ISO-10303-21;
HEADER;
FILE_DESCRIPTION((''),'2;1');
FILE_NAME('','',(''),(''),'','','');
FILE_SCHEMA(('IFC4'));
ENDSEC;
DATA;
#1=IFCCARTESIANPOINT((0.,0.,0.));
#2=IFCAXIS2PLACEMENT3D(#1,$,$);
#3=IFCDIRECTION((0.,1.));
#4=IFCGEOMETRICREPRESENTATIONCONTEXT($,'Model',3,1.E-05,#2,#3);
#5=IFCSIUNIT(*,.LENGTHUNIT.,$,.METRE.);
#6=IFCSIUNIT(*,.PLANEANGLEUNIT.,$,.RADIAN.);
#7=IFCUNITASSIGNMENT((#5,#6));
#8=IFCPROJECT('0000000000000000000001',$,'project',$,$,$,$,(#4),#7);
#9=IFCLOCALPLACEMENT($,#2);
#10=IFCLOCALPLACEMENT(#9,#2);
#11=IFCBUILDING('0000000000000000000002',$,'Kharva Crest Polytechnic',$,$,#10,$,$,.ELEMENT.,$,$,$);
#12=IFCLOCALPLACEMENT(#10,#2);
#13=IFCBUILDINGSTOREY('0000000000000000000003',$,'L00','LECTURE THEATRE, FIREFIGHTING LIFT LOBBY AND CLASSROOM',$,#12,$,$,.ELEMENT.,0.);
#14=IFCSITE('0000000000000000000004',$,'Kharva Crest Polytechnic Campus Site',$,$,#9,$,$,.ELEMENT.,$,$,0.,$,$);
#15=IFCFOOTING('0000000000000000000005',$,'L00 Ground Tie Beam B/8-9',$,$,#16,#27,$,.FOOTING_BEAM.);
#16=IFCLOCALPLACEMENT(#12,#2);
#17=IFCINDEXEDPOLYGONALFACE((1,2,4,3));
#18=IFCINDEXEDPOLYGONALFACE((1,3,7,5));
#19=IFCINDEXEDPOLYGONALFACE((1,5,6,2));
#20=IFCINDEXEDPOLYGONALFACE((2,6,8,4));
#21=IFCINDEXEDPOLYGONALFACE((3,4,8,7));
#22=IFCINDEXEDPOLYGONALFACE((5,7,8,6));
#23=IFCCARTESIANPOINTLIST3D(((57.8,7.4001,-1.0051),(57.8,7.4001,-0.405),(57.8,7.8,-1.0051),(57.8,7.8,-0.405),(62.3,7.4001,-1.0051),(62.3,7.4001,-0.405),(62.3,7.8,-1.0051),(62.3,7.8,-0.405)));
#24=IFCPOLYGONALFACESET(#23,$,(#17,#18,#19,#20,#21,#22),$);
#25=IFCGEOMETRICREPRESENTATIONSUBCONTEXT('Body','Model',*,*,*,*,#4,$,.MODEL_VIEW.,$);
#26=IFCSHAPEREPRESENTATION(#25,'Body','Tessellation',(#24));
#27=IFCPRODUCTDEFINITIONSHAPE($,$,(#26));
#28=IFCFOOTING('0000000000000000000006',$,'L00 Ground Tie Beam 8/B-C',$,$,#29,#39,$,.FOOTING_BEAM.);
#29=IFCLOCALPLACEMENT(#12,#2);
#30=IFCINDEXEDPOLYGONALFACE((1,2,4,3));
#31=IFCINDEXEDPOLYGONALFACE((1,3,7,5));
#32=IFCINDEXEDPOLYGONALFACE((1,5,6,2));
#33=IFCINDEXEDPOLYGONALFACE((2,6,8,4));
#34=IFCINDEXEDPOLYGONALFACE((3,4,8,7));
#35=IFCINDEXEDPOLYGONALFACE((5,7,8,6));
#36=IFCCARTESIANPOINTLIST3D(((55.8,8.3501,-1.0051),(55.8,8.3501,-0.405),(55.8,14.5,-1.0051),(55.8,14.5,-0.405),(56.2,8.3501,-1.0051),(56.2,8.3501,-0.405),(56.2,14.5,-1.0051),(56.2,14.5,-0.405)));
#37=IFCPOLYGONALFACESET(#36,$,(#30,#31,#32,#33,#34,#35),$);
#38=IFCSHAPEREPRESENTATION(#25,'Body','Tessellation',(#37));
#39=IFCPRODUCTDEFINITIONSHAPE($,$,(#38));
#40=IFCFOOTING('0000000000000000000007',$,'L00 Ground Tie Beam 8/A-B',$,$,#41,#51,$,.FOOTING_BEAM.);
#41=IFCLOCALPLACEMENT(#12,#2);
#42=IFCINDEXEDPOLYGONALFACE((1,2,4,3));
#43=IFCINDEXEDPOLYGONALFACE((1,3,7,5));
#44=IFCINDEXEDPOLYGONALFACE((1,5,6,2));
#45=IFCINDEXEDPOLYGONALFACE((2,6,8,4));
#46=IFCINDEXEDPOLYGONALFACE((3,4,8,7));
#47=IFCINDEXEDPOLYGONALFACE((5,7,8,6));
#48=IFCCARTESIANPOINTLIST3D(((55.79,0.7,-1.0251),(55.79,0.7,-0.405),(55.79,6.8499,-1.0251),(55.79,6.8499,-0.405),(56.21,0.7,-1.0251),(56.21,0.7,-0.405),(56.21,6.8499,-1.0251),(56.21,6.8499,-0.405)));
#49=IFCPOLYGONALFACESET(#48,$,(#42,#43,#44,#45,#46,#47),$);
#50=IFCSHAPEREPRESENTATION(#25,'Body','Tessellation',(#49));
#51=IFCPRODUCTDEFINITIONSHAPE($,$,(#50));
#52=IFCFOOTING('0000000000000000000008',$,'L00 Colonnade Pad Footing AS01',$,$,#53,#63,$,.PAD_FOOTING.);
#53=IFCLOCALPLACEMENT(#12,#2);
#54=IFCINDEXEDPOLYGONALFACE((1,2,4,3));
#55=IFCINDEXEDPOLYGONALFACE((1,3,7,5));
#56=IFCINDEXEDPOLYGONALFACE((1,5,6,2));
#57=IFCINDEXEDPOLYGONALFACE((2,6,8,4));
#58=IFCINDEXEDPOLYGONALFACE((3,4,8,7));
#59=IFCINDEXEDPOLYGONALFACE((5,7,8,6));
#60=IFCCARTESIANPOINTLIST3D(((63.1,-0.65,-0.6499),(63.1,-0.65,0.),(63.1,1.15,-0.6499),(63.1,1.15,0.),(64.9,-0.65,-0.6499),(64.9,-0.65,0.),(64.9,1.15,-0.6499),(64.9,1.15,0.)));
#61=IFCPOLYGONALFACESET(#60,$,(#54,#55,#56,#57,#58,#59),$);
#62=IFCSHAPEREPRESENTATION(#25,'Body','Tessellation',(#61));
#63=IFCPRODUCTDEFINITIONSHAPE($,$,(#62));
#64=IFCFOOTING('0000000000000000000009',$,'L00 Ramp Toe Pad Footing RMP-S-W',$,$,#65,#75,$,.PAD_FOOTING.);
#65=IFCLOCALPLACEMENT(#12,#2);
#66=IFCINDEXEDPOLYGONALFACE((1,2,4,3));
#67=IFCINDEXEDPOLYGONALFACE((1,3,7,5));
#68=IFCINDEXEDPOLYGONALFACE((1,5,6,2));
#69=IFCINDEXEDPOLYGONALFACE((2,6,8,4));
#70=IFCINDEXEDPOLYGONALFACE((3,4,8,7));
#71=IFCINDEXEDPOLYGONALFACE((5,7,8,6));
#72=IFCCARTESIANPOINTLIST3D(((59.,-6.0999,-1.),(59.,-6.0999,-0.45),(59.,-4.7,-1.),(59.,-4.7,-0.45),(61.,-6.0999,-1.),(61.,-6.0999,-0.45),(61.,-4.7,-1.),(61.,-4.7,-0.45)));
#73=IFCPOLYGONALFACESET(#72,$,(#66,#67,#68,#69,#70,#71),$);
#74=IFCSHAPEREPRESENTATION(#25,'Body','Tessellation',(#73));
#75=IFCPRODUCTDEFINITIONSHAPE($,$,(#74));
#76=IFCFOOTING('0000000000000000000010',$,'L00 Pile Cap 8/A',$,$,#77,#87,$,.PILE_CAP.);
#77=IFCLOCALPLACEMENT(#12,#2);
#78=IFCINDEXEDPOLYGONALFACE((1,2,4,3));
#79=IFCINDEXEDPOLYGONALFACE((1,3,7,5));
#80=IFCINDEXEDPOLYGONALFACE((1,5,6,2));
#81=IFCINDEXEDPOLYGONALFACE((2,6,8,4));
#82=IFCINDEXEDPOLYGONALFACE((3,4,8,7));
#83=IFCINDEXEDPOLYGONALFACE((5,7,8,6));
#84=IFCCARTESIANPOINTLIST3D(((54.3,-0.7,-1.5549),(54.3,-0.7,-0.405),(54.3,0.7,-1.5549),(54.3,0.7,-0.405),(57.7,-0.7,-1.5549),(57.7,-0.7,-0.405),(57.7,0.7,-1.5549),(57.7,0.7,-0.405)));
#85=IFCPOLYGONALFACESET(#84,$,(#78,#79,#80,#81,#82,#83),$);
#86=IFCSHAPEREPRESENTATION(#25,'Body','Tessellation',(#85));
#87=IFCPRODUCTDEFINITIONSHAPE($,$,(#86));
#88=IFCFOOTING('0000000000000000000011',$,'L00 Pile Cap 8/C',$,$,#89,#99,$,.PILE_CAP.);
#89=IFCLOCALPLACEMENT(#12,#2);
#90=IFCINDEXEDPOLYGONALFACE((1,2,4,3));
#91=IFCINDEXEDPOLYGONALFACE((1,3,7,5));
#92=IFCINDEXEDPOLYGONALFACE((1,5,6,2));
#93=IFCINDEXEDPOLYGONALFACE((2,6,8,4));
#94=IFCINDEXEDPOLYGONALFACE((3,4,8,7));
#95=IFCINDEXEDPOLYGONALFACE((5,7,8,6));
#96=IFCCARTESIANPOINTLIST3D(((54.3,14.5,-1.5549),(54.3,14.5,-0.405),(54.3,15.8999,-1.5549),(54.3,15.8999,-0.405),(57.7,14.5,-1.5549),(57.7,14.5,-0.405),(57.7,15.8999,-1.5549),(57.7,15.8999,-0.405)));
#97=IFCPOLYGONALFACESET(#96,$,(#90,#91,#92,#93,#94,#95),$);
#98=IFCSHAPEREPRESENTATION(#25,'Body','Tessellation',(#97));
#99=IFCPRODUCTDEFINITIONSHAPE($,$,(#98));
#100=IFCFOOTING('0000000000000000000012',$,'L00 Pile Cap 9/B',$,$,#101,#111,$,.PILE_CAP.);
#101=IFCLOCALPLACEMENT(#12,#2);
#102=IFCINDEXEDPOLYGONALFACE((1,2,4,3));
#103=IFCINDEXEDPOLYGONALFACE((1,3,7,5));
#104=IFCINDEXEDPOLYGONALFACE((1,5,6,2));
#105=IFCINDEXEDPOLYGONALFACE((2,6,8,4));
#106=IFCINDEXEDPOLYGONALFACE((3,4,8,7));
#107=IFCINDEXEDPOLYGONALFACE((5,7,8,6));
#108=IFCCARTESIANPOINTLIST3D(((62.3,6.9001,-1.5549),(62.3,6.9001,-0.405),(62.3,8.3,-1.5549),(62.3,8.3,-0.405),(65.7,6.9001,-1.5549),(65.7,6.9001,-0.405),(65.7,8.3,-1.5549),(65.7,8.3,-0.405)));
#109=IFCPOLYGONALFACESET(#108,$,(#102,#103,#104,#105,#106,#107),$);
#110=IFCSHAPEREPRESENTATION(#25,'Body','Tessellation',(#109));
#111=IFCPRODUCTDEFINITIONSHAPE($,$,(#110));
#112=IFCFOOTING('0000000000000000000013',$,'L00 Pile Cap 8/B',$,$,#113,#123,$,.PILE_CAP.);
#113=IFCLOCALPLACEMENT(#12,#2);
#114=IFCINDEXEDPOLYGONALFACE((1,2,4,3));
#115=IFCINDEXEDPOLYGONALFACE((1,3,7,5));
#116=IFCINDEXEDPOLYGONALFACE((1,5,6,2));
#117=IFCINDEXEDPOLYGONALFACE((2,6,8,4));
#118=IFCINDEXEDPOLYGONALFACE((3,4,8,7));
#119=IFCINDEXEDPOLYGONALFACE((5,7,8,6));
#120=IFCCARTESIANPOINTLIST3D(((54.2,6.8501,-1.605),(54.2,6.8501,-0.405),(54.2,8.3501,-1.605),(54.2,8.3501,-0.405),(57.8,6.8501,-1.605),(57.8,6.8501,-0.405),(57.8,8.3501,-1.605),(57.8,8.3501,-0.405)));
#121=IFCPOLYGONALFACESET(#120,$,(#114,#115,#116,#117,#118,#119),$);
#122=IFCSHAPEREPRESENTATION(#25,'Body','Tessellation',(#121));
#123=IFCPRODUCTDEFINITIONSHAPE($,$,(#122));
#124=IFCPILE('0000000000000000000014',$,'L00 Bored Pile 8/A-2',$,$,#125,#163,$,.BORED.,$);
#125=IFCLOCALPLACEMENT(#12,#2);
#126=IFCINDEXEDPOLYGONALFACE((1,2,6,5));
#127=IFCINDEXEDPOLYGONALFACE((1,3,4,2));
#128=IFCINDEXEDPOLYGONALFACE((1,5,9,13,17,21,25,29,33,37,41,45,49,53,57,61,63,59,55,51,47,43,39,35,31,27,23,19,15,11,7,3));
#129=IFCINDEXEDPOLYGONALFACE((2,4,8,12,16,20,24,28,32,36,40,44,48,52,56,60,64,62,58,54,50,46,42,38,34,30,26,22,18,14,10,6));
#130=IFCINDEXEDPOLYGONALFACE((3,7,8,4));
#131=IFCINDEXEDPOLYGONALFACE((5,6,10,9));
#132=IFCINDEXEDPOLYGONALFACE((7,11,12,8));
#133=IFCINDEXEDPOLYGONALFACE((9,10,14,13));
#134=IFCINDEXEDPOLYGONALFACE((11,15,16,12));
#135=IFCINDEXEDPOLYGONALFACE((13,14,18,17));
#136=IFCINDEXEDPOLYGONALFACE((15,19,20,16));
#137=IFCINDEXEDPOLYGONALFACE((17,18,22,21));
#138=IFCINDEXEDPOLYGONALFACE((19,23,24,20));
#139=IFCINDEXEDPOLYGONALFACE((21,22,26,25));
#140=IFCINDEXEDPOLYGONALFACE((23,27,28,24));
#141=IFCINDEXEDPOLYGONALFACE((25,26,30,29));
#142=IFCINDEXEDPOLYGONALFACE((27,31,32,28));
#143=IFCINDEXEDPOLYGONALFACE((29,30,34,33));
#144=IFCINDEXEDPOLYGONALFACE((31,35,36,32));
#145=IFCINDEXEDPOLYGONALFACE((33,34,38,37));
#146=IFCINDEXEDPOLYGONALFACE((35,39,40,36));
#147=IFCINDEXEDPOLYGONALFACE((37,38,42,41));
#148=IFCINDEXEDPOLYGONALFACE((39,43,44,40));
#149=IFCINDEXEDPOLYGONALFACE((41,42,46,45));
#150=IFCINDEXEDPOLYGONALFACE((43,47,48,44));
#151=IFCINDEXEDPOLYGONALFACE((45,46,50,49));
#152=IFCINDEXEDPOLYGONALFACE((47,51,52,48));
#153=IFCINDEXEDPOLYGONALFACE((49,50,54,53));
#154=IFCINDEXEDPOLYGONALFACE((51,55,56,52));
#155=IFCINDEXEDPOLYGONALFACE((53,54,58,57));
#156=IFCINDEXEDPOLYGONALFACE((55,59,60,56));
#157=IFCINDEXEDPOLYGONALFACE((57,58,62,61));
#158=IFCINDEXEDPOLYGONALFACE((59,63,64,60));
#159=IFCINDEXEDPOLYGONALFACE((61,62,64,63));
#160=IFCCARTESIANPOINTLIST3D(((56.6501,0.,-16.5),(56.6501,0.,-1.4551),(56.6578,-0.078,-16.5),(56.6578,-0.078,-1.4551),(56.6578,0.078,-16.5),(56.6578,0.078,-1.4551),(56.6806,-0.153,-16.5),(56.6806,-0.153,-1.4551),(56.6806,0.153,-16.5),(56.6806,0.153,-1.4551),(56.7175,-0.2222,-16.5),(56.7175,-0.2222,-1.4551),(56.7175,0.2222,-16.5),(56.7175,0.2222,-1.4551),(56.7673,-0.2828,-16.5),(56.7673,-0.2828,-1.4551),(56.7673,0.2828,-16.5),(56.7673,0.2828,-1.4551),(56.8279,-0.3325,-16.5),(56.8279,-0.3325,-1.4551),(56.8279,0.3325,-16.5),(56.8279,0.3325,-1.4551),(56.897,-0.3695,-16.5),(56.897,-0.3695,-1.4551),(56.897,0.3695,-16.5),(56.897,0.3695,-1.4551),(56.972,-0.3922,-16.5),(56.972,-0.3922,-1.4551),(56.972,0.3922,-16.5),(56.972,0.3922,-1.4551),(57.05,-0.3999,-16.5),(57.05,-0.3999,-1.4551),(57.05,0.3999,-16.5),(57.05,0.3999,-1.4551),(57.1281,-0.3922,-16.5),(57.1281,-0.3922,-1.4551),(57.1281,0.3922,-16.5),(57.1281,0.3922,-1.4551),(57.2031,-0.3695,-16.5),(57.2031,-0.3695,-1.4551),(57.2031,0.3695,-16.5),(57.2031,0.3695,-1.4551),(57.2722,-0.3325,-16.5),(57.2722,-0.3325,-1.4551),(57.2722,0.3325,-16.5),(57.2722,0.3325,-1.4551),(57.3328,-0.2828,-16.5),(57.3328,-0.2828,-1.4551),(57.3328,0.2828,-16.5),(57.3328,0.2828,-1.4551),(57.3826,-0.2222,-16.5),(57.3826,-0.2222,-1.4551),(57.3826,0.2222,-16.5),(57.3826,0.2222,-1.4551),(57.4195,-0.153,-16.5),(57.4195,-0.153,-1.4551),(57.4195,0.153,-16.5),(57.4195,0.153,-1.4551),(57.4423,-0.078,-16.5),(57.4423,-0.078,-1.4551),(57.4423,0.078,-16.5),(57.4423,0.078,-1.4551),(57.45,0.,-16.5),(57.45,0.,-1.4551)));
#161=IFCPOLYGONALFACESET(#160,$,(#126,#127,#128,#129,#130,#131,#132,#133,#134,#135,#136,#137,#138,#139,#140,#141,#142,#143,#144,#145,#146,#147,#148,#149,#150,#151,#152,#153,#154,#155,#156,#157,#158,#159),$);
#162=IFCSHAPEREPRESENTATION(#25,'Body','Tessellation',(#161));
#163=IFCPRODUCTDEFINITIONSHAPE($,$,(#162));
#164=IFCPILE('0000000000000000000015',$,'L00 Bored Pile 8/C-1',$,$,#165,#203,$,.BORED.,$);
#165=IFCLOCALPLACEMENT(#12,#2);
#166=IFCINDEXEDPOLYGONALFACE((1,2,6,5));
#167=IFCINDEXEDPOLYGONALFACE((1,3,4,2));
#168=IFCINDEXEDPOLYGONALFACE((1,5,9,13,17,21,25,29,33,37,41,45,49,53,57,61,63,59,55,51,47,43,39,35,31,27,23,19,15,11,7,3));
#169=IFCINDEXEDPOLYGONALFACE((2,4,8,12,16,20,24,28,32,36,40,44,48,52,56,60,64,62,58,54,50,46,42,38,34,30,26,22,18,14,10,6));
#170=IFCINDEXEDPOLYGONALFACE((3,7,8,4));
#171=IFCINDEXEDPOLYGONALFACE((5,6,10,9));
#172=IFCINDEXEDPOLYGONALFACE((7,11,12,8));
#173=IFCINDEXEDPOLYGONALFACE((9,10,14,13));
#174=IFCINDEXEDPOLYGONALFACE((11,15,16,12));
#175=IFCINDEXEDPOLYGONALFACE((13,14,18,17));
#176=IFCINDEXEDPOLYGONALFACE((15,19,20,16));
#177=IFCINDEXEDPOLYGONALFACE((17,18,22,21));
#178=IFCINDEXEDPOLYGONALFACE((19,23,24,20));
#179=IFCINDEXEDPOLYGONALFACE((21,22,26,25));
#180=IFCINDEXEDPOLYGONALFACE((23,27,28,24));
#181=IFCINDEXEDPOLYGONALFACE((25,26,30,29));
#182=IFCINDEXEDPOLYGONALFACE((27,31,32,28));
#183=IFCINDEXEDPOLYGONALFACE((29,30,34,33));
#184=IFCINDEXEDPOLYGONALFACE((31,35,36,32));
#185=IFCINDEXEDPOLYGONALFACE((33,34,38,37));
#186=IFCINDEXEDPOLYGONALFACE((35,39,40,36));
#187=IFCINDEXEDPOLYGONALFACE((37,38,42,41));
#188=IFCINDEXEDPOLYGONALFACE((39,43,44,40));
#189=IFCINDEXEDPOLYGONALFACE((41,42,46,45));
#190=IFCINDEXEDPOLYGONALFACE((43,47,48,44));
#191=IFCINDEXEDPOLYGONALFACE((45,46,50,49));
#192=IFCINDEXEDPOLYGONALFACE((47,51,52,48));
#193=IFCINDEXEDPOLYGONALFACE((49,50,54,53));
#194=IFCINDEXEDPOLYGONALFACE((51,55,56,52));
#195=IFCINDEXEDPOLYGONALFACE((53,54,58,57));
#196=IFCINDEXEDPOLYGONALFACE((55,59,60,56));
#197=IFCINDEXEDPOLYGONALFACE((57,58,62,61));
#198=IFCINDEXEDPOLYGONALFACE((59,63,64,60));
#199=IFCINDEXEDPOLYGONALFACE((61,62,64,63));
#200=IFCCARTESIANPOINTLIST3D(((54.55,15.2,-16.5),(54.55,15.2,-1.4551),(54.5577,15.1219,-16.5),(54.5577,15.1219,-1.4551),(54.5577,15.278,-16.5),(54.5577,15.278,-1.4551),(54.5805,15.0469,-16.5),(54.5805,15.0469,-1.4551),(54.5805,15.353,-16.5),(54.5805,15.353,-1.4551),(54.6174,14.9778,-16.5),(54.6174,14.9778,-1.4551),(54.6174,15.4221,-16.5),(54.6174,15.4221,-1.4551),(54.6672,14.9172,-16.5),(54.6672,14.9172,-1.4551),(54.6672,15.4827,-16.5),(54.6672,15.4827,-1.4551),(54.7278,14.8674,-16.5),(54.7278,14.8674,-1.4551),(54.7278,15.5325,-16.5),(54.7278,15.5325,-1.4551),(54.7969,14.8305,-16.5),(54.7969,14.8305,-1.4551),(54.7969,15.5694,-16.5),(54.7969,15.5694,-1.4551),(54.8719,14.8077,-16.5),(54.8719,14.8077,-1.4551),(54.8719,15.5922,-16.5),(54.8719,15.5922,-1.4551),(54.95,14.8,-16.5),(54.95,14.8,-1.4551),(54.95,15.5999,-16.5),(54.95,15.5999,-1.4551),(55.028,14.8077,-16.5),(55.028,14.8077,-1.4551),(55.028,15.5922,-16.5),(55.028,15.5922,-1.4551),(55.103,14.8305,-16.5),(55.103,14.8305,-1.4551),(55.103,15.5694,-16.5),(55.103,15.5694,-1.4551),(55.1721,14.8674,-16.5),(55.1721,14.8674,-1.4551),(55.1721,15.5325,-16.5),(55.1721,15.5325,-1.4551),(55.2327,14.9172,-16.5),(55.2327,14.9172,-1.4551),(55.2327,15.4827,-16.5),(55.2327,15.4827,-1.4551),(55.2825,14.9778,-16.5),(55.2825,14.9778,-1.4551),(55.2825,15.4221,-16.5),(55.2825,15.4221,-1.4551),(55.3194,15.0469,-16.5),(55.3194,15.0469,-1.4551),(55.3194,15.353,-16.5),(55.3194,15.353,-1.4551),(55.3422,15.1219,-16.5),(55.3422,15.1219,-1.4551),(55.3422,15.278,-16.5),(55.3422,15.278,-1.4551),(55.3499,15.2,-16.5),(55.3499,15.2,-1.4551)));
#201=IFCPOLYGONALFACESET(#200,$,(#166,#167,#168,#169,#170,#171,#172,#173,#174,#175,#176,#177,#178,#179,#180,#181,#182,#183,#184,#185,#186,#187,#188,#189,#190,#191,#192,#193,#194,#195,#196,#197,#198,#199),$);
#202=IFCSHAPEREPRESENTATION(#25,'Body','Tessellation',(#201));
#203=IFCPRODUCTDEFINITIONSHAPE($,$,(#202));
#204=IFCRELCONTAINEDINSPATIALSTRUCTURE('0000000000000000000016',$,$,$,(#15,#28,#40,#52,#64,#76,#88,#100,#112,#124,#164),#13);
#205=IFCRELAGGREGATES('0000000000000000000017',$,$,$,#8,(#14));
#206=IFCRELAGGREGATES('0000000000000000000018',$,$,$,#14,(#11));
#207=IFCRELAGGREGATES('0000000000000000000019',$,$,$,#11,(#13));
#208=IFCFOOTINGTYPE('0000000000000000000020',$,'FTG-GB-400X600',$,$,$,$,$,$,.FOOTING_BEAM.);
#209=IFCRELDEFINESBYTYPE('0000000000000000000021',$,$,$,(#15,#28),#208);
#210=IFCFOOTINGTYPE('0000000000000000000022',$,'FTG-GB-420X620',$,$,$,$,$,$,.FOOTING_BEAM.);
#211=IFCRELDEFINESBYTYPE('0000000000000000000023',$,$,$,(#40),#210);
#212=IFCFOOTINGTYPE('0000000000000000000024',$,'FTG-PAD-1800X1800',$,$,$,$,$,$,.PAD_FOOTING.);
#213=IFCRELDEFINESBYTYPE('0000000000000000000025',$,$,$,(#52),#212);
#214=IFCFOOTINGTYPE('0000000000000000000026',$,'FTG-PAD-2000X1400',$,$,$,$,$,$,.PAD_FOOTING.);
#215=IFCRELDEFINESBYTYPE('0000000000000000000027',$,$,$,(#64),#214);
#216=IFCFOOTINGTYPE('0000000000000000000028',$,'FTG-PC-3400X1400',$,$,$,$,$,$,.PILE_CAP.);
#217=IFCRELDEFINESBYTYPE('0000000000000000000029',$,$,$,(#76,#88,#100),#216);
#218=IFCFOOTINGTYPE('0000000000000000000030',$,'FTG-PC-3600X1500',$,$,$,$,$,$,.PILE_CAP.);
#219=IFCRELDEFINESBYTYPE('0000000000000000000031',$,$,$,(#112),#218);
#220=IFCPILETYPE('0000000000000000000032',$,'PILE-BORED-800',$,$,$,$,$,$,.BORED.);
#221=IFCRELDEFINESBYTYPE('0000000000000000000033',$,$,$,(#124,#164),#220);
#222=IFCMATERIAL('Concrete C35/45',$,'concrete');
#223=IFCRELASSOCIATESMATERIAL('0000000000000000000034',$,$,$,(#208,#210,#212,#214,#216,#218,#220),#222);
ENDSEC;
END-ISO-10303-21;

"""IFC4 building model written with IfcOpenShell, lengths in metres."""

from ifc_helpers import new_model, si_unit, direction, frame, origin, origin_2d, place, context, subcontext, project, spatial, rectangle, circle, extrude, material, material_profile, profile_set, type_object, element, save


model = new_model("IFC4")

# Units and contexts
model_context = context("Model", 3, precision=1e-05, world=origin(), true_north=direction((0.0, 1.0)))
body_context = subcontext(model_context, "Body", "Model", "MODEL_VIEW")
ifc_project = project(units=[si_unit("LENGTHUNIT", "METRE"), si_unit("PLANEANGLEUNIT", "RADIAN")], contexts=[model_context])

# Site, building, storey
site_placement = place(None, origin())
site = spatial("IfcSite", under=ifc_project, at=site_placement, Name="Kharva Crest Polytechnic Campus Site", CompositionType="ELEMENT", RefElevation=0.0)
building_placement = place(site_placement, origin())
building = spatial("IfcBuilding", under=site, at=building_placement, Name="Kharva Crest Polytechnic", CompositionType="ELEMENT")
storey_placement = place(building_placement, origin())
storey = spatial("IfcBuildingStorey", under=building, at=storey_placement, Name="L00", Description="LECTURE THEATRE, FIREFIGHTING LIFT LOBBY AND CLASSROOM", CompositionType="ELEMENT", Elevation=0.0)

# Footings
ifc_material_1 = material(Name="Concrete C35/45", Category="concrete")
footing_type_1 = type_object("IfcFootingType", Name="FTG-GB-400X600", PredefinedType="FOOTING_BEAM", material=ifc_material_1)
footing_1_placement = place(storey_placement, frame((60.05, 7.6001, -1.0051), z_axis=(0.0, 0.0, 1.0), x_axis=(1.0, 0.0, 0.0)))
element("IfcFooting", 1, at=footing_1_placement, inside=storey, type_object=footing_type_1, Name="L00 Ground Tie Beam B/8-9", PredefinedType="FOOTING_BEAM", context=body_context, shape_type="SweptSolid", body=[
    extrude(rectangle(XDim=4.5, YDim=0.3999, at=origin_2d()), origin(), (0.0, 0.0, 1.0), 0.6001),
])
footing_2_placement = place(storey_placement, frame((56.0, 11.425, -1.0051), z_axis=(0.0, 0.0, 1.0), x_axis=(0.0, 1.0, 0.0)))
element("IfcFooting", 2, at=footing_2_placement, inside=storey, type_object=footing_type_1, Name="L00 Ground Tie Beam 8/B-C", PredefinedType="FOOTING_BEAM", context=body_context, shape_type="SweptSolid", body=[
    extrude(rectangle(XDim=6.1499, YDim=0.3999, at=origin_2d()), origin(), (0.0, 0.0, 1.0), 0.6001),
])
footing_type_2 = type_object("IfcFootingType", Name="FTG-GB-420X620", PredefinedType="FOOTING_BEAM", material=ifc_material_1)
footing_3_placement = place(storey_placement, frame((56.0, 3.7749, -1.0251), z_axis=(0.0, 0.0, 1.0), x_axis=(0.0, 1.0, 0.0)))
element("IfcFooting", 3, at=footing_3_placement, inside=storey, type_object=footing_type_2, Name="L00 Ground Tie Beam 8/A-B", PredefinedType="FOOTING_BEAM", context=body_context, shape_type="SweptSolid", body=[
    extrude(rectangle(XDim=6.1499, YDim=0.4199, at=origin_2d()), origin(), (0.0, 0.0, 1.0), 0.6201),
])
footing_type_3 = type_object("IfcFootingType", Name="FTG-PAD-1800X1800", PredefinedType="PAD_FOOTING", material=ifc_material_1)
footing_4_placement = place(storey_placement, frame((64.0, 0.25, -0.6499), z_axis=(0.0, 0.0, 1.0), x_axis=(1.0, 0.0, 0.0)))
element("IfcFooting", 4, at=footing_4_placement, inside=storey, type_object=footing_type_3, Name="L00 Colonnade Pad Footing AS01", PredefinedType="PAD_FOOTING", context=body_context, shape_type="SweptSolid", body=[
    extrude(rectangle(XDim=1.8, YDim=1.8, at=origin_2d()), origin(), (0.0, 0.0, 1.0), 0.6499),
])
footing_type_4 = type_object("IfcFootingType", Name="FTG-PAD-2000X1400", PredefinedType="PAD_FOOTING", material=ifc_material_1)
footing_5_placement = place(storey_placement, frame((60.0, -5.3999, -1.0), z_axis=(0.0, 0.0, 1.0), x_axis=(1.0, 0.0, 0.0)))
element("IfcFooting", 5, at=footing_5_placement, inside=storey, type_object=footing_type_4, Name="L00 Ramp Toe Pad Footing RMP-S-W", PredefinedType="PAD_FOOTING", context=body_context, shape_type="SweptSolid", body=[
    extrude(rectangle(XDim=2.0, YDim=1.3999, at=origin_2d()), origin(), (0.0, 0.0, 1.0), 0.55),
])
footing_type_5 = type_object("IfcFootingType", Name="FTG-PC-3400X1400", PredefinedType="PILE_CAP", material=ifc_material_1)
for number, where, z_axis, x_axis, name in (
    (6, (56.0, 0.0, -1.5549), (0.0, 0.0, 1.0), (1.0, 0.0, 0.0), "L00 Pile Cap 8/A"),
    (7, (56.0, 15.2, -1.5549), (0.0, 0.0, 1.0), (1.0, 0.0, 0.0), "L00 Pile Cap 8/C"),
    (8, (64.0, 7.6001, -1.5549), (0.0, 0.0, 1.0), (1.0, 0.0, 0.0), "L00 Pile Cap 9/B"),
):
    element("IfcFooting", number, at=place(storey_placement, frame(where, z_axis=z_axis, x_axis=x_axis)), inside=storey, type_object=footing_type_5, Name=name, PredefinedType="PILE_CAP", context=body_context, shape_type="SweptSolid", body=[
        extrude(rectangle(XDim=3.3999, YDim=1.3999, at=origin_2d()), origin(), (0.0, 0.0, 1.0), 1.1499),
    ])
footing_type_6 = type_object("IfcFootingType", Name="FTG-PC-3600X1500", PredefinedType="PILE_CAP", material=ifc_material_1)
footing_6_placement = place(storey_placement, frame((56.0, 7.6001, -1.605), z_axis=(0.0, 0.0, 1.0), x_axis=(1.0, 0.0, 0.0)))
element("IfcFooting", 9, at=footing_6_placement, inside=storey, type_object=footing_type_6, Name="L00 Pile Cap 8/B", PredefinedType="PILE_CAP", context=body_context, shape_type="SweptSolid", body=[
    extrude(rectangle(XDim=3.6001, YDim=1.5, at=origin_2d()), origin(), (0.0, 0.0, 1.0), 1.2),
])

# Piles
ifc_material_profile_1 = material_profile(ifc_material_1, circle(Radius=0.3999, at=origin_2d()), Name="DIA 800")
ifc_profile_set_1 = profile_set([ifc_material_profile_1], Name="Concrete C35/45")
pile_type_1 = type_object("IfcPileType", Name="PILE-BORED-800", PredefinedType="BORED", material=ifc_profile_set_1)
for number, where, z_axis, x_axis, name in (
    (10, (57.05, 0.0, -1.4551), (0.0, 0.0, -1.0), (1.0, 0.0, 0.0), "L00 Bored Pile 8/A-2"),
    (11, (54.95, 15.2, -1.4551), (0.0, 0.0, -1.0), (1.0, 0.0, 0.0), "L00 Bored Pile 8/C-1"),
):
    element("IfcPile", number, at=place(storey_placement, frame(where, z_axis=z_axis, x_axis=x_axis)), inside=storey, type_object=pile_type_1, Name=name, PredefinedType="BORED", context=body_context, shape_type="SweptSolid", body=[
        extrude(circle(Radius=0.3999, at=origin_2d()), origin(), (0.0, 0.0, 1.0), 15.0449),
    ])

save(model, "model.ifc")
